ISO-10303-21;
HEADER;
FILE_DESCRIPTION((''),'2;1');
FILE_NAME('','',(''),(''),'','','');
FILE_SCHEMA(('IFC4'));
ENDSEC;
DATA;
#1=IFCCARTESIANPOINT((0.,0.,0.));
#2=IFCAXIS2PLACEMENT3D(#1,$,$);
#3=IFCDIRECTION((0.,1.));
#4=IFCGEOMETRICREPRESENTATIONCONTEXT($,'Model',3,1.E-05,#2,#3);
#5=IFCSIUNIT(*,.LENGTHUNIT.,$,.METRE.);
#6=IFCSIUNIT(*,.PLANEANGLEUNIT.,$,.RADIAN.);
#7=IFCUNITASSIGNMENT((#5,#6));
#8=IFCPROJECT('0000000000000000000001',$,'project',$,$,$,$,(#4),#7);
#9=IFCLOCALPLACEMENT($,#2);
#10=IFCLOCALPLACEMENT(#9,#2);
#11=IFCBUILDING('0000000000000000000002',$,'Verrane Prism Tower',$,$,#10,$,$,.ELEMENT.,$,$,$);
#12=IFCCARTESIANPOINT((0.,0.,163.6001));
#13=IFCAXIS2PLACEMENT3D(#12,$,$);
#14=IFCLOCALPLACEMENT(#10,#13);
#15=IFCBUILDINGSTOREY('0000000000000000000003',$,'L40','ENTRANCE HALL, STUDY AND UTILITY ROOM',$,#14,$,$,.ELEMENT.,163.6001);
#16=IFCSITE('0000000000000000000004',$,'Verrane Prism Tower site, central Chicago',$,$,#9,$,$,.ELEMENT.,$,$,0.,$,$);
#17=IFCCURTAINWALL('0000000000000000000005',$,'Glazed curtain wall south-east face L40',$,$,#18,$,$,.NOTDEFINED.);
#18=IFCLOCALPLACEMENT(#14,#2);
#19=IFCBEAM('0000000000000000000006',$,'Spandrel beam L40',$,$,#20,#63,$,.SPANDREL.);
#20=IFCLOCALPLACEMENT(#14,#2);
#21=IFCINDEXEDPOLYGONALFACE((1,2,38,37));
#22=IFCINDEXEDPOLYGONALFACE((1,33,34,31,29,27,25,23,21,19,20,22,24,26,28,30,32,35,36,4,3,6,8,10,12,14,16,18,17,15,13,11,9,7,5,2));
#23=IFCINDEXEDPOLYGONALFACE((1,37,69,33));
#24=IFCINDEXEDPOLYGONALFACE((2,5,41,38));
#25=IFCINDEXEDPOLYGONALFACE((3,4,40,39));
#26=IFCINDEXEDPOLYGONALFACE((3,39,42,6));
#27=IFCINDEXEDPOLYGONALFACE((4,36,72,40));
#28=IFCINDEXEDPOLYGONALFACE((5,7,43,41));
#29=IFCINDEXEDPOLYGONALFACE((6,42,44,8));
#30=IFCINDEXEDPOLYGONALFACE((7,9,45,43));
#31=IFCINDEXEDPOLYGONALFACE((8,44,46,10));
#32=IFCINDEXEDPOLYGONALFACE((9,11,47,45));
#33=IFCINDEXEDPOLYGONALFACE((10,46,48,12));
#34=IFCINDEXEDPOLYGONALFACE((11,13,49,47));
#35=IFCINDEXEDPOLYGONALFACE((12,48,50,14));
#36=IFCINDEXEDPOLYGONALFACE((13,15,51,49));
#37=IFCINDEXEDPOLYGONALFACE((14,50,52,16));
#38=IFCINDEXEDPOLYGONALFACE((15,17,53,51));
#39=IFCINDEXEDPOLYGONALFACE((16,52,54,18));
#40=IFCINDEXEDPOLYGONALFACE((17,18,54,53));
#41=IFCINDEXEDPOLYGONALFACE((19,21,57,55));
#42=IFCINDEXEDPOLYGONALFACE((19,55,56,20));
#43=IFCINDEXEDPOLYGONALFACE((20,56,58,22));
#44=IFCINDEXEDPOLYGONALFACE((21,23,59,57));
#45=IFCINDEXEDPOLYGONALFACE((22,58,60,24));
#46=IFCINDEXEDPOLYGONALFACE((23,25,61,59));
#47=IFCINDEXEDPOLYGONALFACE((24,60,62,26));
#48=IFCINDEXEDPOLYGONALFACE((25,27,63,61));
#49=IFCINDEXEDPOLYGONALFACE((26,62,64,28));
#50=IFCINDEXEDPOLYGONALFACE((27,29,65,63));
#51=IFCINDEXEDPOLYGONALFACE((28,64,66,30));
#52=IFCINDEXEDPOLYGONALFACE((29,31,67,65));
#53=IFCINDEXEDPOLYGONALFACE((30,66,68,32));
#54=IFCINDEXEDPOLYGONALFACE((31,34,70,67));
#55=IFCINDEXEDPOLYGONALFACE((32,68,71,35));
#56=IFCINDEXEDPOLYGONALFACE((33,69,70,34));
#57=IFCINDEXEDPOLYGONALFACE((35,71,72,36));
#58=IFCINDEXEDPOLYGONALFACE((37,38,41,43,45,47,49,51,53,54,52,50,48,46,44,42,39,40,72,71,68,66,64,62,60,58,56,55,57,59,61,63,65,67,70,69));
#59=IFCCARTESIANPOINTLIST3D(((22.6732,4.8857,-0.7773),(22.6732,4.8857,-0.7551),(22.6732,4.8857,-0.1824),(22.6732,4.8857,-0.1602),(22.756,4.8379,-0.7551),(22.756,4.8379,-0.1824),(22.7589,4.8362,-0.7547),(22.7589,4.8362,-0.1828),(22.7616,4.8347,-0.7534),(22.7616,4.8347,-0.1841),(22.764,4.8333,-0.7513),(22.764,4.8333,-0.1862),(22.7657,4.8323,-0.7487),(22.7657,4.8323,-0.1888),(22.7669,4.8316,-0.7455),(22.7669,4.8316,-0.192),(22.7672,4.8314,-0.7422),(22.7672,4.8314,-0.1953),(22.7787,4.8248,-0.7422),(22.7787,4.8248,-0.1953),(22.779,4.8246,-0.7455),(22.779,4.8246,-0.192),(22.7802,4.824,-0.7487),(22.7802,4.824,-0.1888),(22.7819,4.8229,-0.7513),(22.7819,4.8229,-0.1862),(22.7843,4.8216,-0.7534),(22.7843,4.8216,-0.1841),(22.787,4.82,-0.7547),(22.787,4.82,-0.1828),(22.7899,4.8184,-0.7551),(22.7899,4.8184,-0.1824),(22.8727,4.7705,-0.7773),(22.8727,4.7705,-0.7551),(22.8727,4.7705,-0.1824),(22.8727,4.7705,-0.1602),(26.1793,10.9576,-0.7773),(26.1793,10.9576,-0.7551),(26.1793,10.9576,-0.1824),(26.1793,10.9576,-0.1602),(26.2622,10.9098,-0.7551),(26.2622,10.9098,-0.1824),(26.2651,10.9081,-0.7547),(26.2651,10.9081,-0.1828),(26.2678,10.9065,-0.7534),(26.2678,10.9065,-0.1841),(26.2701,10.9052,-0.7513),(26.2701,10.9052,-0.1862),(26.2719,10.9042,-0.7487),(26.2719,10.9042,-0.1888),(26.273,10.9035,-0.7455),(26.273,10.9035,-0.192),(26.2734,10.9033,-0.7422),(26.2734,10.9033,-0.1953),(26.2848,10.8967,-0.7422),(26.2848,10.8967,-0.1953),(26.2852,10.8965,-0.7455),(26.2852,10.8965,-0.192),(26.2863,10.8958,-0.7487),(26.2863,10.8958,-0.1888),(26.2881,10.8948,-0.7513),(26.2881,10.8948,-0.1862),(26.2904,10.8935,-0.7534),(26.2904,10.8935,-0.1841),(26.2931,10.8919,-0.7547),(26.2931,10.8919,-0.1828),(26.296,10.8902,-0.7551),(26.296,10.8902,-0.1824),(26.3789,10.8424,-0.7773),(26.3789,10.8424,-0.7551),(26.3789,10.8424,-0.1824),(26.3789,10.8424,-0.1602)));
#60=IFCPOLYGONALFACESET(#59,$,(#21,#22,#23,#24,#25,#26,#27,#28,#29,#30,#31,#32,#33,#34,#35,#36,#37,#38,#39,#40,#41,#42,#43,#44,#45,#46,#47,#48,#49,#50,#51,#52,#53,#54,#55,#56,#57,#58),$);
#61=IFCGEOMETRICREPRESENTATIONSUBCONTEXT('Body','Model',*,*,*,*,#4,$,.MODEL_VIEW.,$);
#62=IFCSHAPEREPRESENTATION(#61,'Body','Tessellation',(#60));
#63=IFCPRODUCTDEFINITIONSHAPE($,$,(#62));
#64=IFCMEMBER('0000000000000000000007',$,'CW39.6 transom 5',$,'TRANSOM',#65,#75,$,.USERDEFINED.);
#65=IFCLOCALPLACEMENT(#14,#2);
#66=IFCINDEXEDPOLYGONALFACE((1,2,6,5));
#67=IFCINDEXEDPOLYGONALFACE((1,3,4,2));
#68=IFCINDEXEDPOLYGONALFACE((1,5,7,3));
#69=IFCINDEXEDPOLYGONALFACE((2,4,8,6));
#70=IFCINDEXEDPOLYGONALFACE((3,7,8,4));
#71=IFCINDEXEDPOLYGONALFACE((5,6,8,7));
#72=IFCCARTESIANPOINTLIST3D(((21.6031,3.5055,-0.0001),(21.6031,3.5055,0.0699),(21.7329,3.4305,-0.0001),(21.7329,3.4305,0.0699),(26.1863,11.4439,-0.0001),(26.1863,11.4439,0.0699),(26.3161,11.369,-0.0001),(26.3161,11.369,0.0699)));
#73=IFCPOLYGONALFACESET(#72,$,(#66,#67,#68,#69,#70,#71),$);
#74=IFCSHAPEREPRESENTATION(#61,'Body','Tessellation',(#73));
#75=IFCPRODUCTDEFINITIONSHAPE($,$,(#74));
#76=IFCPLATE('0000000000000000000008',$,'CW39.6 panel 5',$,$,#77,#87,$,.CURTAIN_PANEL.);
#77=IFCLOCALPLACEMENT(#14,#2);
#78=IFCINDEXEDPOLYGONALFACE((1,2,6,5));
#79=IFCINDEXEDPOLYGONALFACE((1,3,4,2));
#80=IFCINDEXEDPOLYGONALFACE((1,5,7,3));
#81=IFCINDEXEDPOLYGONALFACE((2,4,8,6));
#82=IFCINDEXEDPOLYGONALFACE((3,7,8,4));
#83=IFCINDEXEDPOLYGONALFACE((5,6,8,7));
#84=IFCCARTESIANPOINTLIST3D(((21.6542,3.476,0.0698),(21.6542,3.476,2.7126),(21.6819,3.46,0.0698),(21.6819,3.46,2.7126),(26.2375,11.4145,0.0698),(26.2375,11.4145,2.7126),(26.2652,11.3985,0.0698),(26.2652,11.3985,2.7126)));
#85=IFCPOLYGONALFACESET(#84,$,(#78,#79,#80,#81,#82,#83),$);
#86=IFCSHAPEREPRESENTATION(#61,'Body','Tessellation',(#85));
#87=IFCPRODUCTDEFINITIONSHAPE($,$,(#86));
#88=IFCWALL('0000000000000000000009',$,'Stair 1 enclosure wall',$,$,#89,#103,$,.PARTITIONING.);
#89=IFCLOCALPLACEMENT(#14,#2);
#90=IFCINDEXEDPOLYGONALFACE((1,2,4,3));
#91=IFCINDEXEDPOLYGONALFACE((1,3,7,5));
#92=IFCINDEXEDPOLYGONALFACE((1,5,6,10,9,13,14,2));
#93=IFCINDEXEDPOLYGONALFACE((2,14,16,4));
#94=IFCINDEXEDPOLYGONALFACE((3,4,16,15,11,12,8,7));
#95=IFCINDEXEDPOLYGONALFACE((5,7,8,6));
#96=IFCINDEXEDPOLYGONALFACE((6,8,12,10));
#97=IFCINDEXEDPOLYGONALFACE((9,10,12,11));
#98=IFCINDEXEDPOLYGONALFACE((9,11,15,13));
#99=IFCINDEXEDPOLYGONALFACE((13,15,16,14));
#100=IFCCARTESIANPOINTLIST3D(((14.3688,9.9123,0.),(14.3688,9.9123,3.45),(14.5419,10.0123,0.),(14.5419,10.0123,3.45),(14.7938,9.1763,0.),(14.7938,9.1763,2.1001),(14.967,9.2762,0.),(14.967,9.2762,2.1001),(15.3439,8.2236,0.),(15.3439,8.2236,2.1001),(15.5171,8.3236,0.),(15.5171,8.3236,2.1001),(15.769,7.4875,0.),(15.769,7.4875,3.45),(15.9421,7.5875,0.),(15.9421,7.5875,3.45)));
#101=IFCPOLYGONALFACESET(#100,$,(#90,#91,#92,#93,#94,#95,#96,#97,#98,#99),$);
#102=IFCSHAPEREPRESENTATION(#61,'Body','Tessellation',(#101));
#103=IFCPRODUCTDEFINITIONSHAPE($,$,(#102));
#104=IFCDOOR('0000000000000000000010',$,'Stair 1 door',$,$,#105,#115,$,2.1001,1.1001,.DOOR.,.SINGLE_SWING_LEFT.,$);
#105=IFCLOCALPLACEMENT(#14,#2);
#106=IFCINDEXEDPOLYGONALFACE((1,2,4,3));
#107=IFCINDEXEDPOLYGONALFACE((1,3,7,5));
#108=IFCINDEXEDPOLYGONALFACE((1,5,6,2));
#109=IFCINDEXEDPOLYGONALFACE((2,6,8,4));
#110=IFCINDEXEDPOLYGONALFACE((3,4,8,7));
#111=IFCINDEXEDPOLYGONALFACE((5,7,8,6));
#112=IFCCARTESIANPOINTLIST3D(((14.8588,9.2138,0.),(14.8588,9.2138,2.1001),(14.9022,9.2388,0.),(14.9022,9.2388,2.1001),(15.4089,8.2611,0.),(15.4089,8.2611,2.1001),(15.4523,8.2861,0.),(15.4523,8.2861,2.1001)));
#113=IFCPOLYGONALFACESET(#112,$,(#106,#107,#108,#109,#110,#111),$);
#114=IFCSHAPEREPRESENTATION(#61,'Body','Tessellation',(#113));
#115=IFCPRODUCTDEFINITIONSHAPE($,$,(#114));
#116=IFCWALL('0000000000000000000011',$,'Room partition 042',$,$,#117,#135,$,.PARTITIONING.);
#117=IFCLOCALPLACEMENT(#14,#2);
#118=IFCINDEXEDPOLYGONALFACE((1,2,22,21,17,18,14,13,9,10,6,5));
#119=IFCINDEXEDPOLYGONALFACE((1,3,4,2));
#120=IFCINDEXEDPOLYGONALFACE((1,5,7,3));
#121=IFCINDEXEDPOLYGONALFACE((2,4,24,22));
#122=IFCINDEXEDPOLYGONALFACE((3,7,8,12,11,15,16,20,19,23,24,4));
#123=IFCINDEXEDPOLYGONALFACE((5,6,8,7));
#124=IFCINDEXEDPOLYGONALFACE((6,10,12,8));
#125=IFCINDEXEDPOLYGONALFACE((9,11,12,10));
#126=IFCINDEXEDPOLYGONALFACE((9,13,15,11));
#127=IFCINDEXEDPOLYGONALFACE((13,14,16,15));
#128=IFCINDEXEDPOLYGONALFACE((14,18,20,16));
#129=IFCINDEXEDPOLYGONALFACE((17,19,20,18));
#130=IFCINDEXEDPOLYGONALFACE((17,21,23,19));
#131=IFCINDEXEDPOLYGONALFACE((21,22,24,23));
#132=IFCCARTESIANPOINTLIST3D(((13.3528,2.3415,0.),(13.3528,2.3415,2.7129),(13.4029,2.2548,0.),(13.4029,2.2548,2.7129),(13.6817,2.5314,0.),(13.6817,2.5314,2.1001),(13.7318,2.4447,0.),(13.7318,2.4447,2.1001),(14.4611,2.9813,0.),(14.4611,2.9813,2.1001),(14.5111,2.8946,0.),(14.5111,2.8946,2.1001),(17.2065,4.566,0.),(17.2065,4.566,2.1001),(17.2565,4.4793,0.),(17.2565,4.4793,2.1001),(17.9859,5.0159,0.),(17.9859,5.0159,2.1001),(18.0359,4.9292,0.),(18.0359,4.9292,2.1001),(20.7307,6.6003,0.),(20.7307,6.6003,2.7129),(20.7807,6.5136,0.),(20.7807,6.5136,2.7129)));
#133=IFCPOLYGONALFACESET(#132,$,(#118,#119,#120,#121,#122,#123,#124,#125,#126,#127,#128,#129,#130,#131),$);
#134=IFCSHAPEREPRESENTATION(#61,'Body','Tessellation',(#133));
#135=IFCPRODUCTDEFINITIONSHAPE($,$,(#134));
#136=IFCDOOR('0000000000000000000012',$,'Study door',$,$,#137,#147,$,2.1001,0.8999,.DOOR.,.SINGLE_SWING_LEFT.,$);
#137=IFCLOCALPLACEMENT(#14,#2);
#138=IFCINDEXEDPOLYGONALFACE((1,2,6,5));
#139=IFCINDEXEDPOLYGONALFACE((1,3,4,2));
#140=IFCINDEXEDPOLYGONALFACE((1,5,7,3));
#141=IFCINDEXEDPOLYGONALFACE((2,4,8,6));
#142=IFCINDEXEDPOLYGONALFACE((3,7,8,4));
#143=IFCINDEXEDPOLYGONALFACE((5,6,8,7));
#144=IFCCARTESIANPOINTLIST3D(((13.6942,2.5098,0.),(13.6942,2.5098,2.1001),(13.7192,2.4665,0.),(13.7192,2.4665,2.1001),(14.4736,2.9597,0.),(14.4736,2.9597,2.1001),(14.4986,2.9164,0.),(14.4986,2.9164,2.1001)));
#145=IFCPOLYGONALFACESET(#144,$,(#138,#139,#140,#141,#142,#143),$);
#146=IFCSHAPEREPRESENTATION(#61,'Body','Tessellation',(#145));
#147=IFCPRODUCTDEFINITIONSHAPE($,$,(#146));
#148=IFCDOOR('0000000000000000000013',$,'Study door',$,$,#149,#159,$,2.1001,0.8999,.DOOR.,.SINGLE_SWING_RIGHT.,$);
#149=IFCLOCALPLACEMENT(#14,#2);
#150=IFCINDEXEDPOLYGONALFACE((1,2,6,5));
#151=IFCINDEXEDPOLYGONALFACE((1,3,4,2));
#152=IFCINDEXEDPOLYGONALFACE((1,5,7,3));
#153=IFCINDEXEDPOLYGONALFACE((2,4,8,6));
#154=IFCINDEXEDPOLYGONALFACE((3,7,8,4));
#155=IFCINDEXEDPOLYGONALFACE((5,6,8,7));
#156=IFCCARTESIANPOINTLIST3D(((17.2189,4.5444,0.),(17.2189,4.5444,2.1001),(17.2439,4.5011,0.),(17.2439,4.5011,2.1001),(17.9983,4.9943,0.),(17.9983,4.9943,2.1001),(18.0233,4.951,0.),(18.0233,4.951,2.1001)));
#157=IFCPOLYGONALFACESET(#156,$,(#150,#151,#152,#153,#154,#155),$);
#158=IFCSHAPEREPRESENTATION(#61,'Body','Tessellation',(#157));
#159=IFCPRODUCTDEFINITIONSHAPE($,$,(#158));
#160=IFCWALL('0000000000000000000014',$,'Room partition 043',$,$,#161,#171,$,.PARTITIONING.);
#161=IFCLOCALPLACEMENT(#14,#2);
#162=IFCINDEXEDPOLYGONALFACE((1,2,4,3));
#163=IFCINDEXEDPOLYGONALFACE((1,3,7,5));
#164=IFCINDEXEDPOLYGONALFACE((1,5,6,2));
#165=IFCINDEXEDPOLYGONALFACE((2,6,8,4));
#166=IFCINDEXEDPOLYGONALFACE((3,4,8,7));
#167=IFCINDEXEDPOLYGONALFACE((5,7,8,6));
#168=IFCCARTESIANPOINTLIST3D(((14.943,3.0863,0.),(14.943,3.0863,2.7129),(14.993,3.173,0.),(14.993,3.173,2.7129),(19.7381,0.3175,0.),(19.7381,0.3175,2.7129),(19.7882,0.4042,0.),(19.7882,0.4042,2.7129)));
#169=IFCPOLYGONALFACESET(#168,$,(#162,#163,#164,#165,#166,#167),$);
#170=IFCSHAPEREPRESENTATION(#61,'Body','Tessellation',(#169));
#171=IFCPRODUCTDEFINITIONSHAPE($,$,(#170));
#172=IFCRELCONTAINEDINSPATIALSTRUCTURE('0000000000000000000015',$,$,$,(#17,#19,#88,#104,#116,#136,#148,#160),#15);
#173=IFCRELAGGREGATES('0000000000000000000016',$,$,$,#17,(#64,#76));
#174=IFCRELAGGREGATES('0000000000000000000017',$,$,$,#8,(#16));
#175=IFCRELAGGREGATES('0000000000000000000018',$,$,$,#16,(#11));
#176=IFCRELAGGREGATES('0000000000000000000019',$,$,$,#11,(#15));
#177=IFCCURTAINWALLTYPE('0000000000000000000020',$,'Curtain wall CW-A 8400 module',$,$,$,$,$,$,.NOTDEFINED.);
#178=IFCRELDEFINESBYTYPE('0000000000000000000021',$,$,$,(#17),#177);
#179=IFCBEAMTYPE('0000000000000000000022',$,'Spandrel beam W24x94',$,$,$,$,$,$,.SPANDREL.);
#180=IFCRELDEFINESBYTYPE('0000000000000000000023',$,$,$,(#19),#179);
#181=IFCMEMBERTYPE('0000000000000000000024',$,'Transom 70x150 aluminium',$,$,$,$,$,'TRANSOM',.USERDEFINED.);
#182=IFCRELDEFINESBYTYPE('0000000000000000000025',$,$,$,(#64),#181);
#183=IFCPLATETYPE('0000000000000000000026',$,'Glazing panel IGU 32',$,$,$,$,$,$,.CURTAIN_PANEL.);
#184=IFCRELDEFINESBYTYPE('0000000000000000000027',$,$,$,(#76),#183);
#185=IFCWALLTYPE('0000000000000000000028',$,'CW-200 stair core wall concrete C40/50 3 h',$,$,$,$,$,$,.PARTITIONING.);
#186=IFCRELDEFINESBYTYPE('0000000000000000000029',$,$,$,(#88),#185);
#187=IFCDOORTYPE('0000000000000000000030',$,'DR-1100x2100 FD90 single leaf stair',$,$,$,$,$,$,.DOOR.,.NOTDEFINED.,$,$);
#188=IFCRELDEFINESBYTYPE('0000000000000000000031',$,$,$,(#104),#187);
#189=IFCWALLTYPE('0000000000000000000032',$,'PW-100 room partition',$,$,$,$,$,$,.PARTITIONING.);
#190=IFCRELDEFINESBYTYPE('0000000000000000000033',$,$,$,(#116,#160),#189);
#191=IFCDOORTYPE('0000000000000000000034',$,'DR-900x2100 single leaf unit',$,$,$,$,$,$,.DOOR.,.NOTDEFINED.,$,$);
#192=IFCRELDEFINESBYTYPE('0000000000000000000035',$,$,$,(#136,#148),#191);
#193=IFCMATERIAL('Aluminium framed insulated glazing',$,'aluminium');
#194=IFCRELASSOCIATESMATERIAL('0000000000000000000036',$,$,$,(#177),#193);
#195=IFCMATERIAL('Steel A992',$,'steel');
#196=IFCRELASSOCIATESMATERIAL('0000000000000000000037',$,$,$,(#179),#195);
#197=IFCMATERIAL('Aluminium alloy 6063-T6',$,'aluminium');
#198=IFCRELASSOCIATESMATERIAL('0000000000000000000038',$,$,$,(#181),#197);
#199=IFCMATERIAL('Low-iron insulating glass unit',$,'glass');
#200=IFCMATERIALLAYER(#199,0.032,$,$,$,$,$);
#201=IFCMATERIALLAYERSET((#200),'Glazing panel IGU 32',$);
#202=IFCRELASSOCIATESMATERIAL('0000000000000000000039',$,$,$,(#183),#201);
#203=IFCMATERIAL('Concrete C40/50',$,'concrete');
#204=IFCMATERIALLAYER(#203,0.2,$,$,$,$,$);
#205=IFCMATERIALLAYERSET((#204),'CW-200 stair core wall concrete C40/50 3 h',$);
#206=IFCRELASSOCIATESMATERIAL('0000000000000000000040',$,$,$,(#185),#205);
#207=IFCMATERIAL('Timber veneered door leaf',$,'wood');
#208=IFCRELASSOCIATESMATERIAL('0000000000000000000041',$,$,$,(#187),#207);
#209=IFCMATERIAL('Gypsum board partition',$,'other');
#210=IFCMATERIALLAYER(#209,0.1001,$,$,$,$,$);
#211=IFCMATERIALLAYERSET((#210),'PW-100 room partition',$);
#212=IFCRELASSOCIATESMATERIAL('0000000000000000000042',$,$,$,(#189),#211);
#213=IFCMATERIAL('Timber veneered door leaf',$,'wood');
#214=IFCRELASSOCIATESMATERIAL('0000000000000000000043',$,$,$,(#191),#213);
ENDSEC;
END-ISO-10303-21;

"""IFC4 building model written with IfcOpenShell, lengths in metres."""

from ifc_helpers import new_model, si_unit, direction, frame, frame_2d, origin, origin_2d, place, context, subcontext, project, spatial, rectangle, i_section, extrude, material, layer, layer_set, material_profile, profile_set, type_object, element, fill, aggregate, save


model = new_model("IFC4")

# Units and contexts
model_context = context("Model", 3, precision=1e-05, world=origin(), true_north=direction((0.0, 1.0)))
body_context = subcontext(model_context, "Body", "Model", "MODEL_VIEW")
ifc_project = project(units=[si_unit("LENGTHUNIT", "METRE"), si_unit("PLANEANGLEUNIT", "RADIAN")], contexts=[model_context])

# Site, building, storey
site_placement = place(None, origin())
site = spatial("IfcSite", under=ifc_project, at=site_placement, Name="Verrane Prism Tower site, central Chicago", CompositionType="ELEMENT", RefElevation=0.0)
building_placement = place(site_placement, origin())
building = spatial("IfcBuilding", under=site, at=building_placement, Name="Verrane Prism Tower", CompositionType="ELEMENT")
storey_placement = place(building_placement, frame((0.0, 0.0, 163.6001)))
storey = spatial("IfcBuildingStorey", under=building, at=storey_placement, Name="L40", Description="ENTRANCE HALL, STUDY AND UTILITY ROOM", CompositionType="ELEMENT", Elevation=163.6001)

# Curtain wall
ifc_material_1 = material(Name="Aluminium framed insulated glazing", Category="aluminium")
curtain_wall_type_1 = type_object("IfcCurtainWallType", Name="Curtain wall CW-A 8400 module", PredefinedType="NOTDEFINED", material=ifc_material_1)
curtain_wall_1_placement = place(storey_placement, origin())
curtain_wall_1 = element("IfcCurtainWall", 1, at=curtain_wall_1_placement, inside=storey, type_object=curtain_wall_type_1, Name="Glazed curtain wall south-east face L40", PredefinedType="NOTDEFINED")

# Beam
ifc_material_2 = material(Name="Steel A992", Category="steel")
ifc_material_profile_1 = material_profile(ifc_material_2, i_section(OverallWidth=0.2305, OverallDepth=0.6172, WebThickness=0.0132, FlangeThickness=0.0222, FilletRadius=0.0129, at=origin_2d()), Name="W24x94")
ifc_profile_set_1 = profile_set([ifc_material_profile_1], Name="Steel A992")
beam_type_1 = type_object("IfcBeamType", Name="Spandrel beam W24x94", PredefinedType="SPANDREL", material=ifc_profile_set_1)
beam_1_placement = place(storey_placement, frame((22.7729, 4.8281, -0.4688), z_axis=(0.50006, 0.865991, 0.0), x_axis=(-0.865991, 0.50006, 0.0)))
element("IfcBeam", 2, at=beam_1_placement, inside=storey, type_object=beam_type_1, Name="Spandrel beam L40", PredefinedType="SPANDREL", context=body_context, shape_type="SweptSolid", body=[
    extrude(i_section(OverallWidth=0.2305, OverallDepth=0.6172, WebThickness=0.0132, FlangeThickness=0.0222, FilletRadius=0.0129, at=origin_2d()), origin(), (0.0, 0.0, 1.0), 7.0115),
])

# Member
ifc_material_3 = material(Name="Aluminium alloy 6063-T6", Category="aluminium")
ifc_material_profile_2 = material_profile(ifc_material_3, rectangle(XDim=0.1499, YDim=0.0701, at=origin_2d()), Name="Transom 70x150 aluminium")
ifc_profile_set_2 = profile_set([ifc_material_profile_2], Name="Aluminium alloy 6063-T6")
member_type_1 = type_object("IfcMemberType", Name="Transom 70x150 aluminium", ElementType="TRANSOM", PredefinedType="USERDEFINED", material=ifc_profile_set_2)
member_1_placement = place(storey_placement, frame((21.668, 3.468, 0.0349), z_axis=(0.499998, 0.866027, 0.0), x_axis=(-0.866027, 0.499998, 0.0)))
member_1 = element("IfcMember", 3, at=member_1_placement, type_object=member_type_1, Name="CW39.6 transom 5", ObjectType="TRANSOM", PredefinedType="USERDEFINED", context=body_context, shape_type="SweptSolid", body=[
    extrude(rectangle(XDim=0.1499, YDim=0.0701, at=origin_2d()), origin(), (0.0, 0.0, 1.0), 9.1665),
])

# Plate
ifc_material_4 = material(Name="Low-iron insulating glass unit", Category="glass")
ifc_layer_1 = layer(ifc_material_4, 0.032)
ifc_layer_set_1 = layer_set([ifc_layer_1], Name="Glazing panel IGU 32")
plate_type = type_object("IfcPlateType", Name="Glazing panel IGU 32", PredefinedType="CURTAIN_PANEL", material=ifc_layer_set_1)
plate_placement = place(storey_placement, frame((23.9597, 7.4373, 0.0698), z_axis=(0.0, 0.0, 1.0), x_axis=(0.499999, 0.866026, 0.0)))
plate = element("IfcPlate", 4, at=plate_placement, type_object=plate_type, Name="CW39.6 panel 5", PredefinedType="CURTAIN_PANEL", context=body_context, shape_type="SweptSolid", body=[
    extrude(rectangle(XDim=9.1665, YDim=0.032, at=origin_2d()), origin(), (0.0, 0.0, 1.0), 2.6428),
])
aggregate(curtain_wall_1, [member_1, plate])

# Wall, opening, door
ifc_material_5 = material(Name="Concrete C40/50", Category="concrete")
ifc_layer_2 = layer(ifc_material_5, 0.2)
ifc_layer_set_2 = layer_set([ifc_layer_2], Name="CW-200 stair core wall concrete C40/50 3 h")
wall_type_1 = type_object("IfcWallType", Name="CW-200 stair core wall concrete C40/50 3 h", PredefinedType="PARTITIONING", material=ifc_layer_set_2)
wall_1_placement = place(storey_placement, frame((15.8555, 7.5376, 0.0), z_axis=(0.0, 0.0, 1.0), x_axis=(-0.50005, 0.865997, 0.0)))
wall_1 = element("IfcWall", 5, at=wall_1_placement, inside=storey, type_object=wall_type_1, Name="Stair 1 enclosure wall", PredefinedType="PARTITIONING", context=body_context, shape_type="SweptSolid", body=[
    extrude(rectangle(XDim=2.8, YDim=0.2, at=frame_2d((1.3999, 0.0))), origin(), (0.0, 0.0, 1.0), 3.45),
])
opening_1_placement = place(wall_1_placement, frame((0.8499, 0.0, 0.0)))
opening_1 = element("IfcOpeningElement", 6, at=opening_1_placement, cuts=wall_1, PredefinedType="OPENING", context=body_context, shape_type="SweptSolid", body=[
    extrude(rectangle(XDim=1.1001, YDim=2.1001, at=frame_2d((0.55, 1.05))), frame((0.0, 0.1099, 0.0), z_axis=(0.0, -1.0, 0.0), x_axis=(1.0, 0.0, 0.0)), (0.0, 0.0, 1.0), 0.22),
])
ifc_material_6 = material(Name="Timber veneered door leaf", Category="wood")
door_type_1 = type_object("IfcDoorType", Name="DR-1100x2100 FD90 single leaf stair", OperationType="NOTDEFINED", PredefinedType="DOOR", material=ifc_material_6)
door_1_placement = place(opening_1_placement, origin())
door_1 = element("IfcDoor", 7, at=door_1_placement, inside=storey, type_object=door_type_1, Name="Stair 1 door", OperationType="SINGLE_SWING_LEFT", OverallHeight=2.1001, OverallWidth=1.1001, PredefinedType="DOOR", context=body_context, shape_type="SweptSolid", body=[
    extrude(rectangle(XDim=1.1001, YDim=2.1001, at=frame_2d((0.55, 1.05))), frame((0.0, 0.0249, 0.0), z_axis=(0.0, -1.0, 0.0), x_axis=(1.0, 0.0, 0.0)), (0.0, 0.0, 1.0), 0.05),
])
fill(opening_1, door_1)

# Wall, openings, doors
ifc_material_7 = material(Name="Gypsum board partition", Category="other")
ifc_layer_3 = layer(ifc_material_7, 0.1001)
ifc_layer_set_3 = layer_set([ifc_layer_3], Name="PW-100 room partition")
wall_type_2 = type_object("IfcWallType", Name="PW-100 room partition", PredefinedType="PARTITIONING", material=ifc_layer_set_3)
wall_2_placement = place(storey_placement, frame((20.7556, 6.5569, 0.0), z_axis=(0.0, 0.0, 1.0), x_axis=(-0.866069, -0.499924, 0.0)))
wall_2 = element("IfcWall", 8, at=wall_2_placement, inside=storey, type_object=wall_type_2, Name="Room partition 042", PredefinedType="PARTITIONING", context=body_context, shape_type="SweptSolid", body=[
    extrude(rectangle(XDim=8.5188, YDim=0.1001, at=frame_2d((4.2593, 0.0))), origin(), (0.0, 0.0, 1.0), 2.7129),
])
opening_2_placement = place(wall_2_placement, frame((7.239, 0.0, 0.0)))
opening_2 = element("IfcOpeningElement", 9, at=opening_2_placement, cuts=wall_2, PredefinedType="OPENING", context=body_context, shape_type="SweptSolid", body=[
    extrude(rectangle(XDim=0.8999, YDim=2.1001, at=frame_2d((0.45, 1.05))), frame((0.0, 0.0601, 0.0), z_axis=(0.0, -1.0, 0.0), x_axis=(1.0, 0.0, 0.0)), (0.0, 0.0, 1.0), 0.1201),
])
opening_3_placement = place(wall_2_placement, frame((3.1692, 0.0, 0.0)))
opening_3 = element("IfcOpeningElement", 10, at=opening_3_placement, cuts=wall_2, PredefinedType="OPENING", context=body_context, shape_type="SweptSolid", body=[
    extrude(rectangle(XDim=0.8999, YDim=2.1001, at=frame_2d((0.45, 1.05))), frame((0.0, 0.0601, 0.0), z_axis=(0.0, -1.0, 0.0), x_axis=(1.0, 0.0, 0.0)), (0.0, 0.0, 1.0), 0.1201),
])
ifc_material_8 = material(Name="Timber veneered door leaf", Category="wood")
door_type_2 = type_object("IfcDoorType", Name="DR-900x2100 single leaf unit", OperationType="NOTDEFINED", PredefinedType="DOOR", material=ifc_material_8)
door_2_placement = place(opening_2_placement, origin())
door_2 = element("IfcDoor", 11, at=door_2_placement, inside=storey, type_object=door_type_2, Name="Study door", OperationType="SINGLE_SWING_LEFT", OverallHeight=2.1001, OverallWidth=0.8999, PredefinedType="DOOR", context=body_context, shape_type="SweptSolid", body=[
    extrude(rectangle(XDim=0.8999, YDim=2.1001, at=frame_2d((0.45, 1.05))), frame((0.0, 0.0249, 0.0), z_axis=(0.0, -1.0, 0.0), x_axis=(1.0, 0.0, 0.0)), (0.0, 0.0, 1.0), 0.05),
])
fill(opening_2, door_2)
door_3_placement = place(opening_3_placement, origin())
door_3 = element("IfcDoor", 12, at=door_3_placement, inside=storey, type_object=door_type_2, Name="Study door", OperationType="SINGLE_SWING_RIGHT", OverallHeight=2.1001, OverallWidth=0.8999, PredefinedType="DOOR", context=body_context, shape_type="SweptSolid", body=[
    extrude(rectangle(XDim=0.8999, YDim=2.1001, at=frame_2d((0.45, 1.05))), frame((0.0, 0.0249, 0.0), z_axis=(0.0, -1.0, 0.0), x_axis=(1.0, 0.0, 0.0)), (0.0, 0.0, 1.0), 0.05),
])
fill(opening_3, door_3)

# Wall
wall_3_placement = place(storey_placement, frame((14.968, 3.1296, 0.0), z_axis=(0.0, 0.0, 1.0), x_axis=(0.866001, -0.500042, 0.0)))
element("IfcWall", 13, at=wall_3_placement, inside=storey, type_object=wall_type_2, Name="Room partition 043", PredefinedType="PARTITIONING", context=body_context, shape_type="SweptSolid", body=[
    extrude(rectangle(XDim=5.5371, YDim=0.1001, at=frame_2d((2.7686, 0.0))), origin(), (0.0, 0.0, 1.0), 2.7129),
])

save(model, "model.ifc")
